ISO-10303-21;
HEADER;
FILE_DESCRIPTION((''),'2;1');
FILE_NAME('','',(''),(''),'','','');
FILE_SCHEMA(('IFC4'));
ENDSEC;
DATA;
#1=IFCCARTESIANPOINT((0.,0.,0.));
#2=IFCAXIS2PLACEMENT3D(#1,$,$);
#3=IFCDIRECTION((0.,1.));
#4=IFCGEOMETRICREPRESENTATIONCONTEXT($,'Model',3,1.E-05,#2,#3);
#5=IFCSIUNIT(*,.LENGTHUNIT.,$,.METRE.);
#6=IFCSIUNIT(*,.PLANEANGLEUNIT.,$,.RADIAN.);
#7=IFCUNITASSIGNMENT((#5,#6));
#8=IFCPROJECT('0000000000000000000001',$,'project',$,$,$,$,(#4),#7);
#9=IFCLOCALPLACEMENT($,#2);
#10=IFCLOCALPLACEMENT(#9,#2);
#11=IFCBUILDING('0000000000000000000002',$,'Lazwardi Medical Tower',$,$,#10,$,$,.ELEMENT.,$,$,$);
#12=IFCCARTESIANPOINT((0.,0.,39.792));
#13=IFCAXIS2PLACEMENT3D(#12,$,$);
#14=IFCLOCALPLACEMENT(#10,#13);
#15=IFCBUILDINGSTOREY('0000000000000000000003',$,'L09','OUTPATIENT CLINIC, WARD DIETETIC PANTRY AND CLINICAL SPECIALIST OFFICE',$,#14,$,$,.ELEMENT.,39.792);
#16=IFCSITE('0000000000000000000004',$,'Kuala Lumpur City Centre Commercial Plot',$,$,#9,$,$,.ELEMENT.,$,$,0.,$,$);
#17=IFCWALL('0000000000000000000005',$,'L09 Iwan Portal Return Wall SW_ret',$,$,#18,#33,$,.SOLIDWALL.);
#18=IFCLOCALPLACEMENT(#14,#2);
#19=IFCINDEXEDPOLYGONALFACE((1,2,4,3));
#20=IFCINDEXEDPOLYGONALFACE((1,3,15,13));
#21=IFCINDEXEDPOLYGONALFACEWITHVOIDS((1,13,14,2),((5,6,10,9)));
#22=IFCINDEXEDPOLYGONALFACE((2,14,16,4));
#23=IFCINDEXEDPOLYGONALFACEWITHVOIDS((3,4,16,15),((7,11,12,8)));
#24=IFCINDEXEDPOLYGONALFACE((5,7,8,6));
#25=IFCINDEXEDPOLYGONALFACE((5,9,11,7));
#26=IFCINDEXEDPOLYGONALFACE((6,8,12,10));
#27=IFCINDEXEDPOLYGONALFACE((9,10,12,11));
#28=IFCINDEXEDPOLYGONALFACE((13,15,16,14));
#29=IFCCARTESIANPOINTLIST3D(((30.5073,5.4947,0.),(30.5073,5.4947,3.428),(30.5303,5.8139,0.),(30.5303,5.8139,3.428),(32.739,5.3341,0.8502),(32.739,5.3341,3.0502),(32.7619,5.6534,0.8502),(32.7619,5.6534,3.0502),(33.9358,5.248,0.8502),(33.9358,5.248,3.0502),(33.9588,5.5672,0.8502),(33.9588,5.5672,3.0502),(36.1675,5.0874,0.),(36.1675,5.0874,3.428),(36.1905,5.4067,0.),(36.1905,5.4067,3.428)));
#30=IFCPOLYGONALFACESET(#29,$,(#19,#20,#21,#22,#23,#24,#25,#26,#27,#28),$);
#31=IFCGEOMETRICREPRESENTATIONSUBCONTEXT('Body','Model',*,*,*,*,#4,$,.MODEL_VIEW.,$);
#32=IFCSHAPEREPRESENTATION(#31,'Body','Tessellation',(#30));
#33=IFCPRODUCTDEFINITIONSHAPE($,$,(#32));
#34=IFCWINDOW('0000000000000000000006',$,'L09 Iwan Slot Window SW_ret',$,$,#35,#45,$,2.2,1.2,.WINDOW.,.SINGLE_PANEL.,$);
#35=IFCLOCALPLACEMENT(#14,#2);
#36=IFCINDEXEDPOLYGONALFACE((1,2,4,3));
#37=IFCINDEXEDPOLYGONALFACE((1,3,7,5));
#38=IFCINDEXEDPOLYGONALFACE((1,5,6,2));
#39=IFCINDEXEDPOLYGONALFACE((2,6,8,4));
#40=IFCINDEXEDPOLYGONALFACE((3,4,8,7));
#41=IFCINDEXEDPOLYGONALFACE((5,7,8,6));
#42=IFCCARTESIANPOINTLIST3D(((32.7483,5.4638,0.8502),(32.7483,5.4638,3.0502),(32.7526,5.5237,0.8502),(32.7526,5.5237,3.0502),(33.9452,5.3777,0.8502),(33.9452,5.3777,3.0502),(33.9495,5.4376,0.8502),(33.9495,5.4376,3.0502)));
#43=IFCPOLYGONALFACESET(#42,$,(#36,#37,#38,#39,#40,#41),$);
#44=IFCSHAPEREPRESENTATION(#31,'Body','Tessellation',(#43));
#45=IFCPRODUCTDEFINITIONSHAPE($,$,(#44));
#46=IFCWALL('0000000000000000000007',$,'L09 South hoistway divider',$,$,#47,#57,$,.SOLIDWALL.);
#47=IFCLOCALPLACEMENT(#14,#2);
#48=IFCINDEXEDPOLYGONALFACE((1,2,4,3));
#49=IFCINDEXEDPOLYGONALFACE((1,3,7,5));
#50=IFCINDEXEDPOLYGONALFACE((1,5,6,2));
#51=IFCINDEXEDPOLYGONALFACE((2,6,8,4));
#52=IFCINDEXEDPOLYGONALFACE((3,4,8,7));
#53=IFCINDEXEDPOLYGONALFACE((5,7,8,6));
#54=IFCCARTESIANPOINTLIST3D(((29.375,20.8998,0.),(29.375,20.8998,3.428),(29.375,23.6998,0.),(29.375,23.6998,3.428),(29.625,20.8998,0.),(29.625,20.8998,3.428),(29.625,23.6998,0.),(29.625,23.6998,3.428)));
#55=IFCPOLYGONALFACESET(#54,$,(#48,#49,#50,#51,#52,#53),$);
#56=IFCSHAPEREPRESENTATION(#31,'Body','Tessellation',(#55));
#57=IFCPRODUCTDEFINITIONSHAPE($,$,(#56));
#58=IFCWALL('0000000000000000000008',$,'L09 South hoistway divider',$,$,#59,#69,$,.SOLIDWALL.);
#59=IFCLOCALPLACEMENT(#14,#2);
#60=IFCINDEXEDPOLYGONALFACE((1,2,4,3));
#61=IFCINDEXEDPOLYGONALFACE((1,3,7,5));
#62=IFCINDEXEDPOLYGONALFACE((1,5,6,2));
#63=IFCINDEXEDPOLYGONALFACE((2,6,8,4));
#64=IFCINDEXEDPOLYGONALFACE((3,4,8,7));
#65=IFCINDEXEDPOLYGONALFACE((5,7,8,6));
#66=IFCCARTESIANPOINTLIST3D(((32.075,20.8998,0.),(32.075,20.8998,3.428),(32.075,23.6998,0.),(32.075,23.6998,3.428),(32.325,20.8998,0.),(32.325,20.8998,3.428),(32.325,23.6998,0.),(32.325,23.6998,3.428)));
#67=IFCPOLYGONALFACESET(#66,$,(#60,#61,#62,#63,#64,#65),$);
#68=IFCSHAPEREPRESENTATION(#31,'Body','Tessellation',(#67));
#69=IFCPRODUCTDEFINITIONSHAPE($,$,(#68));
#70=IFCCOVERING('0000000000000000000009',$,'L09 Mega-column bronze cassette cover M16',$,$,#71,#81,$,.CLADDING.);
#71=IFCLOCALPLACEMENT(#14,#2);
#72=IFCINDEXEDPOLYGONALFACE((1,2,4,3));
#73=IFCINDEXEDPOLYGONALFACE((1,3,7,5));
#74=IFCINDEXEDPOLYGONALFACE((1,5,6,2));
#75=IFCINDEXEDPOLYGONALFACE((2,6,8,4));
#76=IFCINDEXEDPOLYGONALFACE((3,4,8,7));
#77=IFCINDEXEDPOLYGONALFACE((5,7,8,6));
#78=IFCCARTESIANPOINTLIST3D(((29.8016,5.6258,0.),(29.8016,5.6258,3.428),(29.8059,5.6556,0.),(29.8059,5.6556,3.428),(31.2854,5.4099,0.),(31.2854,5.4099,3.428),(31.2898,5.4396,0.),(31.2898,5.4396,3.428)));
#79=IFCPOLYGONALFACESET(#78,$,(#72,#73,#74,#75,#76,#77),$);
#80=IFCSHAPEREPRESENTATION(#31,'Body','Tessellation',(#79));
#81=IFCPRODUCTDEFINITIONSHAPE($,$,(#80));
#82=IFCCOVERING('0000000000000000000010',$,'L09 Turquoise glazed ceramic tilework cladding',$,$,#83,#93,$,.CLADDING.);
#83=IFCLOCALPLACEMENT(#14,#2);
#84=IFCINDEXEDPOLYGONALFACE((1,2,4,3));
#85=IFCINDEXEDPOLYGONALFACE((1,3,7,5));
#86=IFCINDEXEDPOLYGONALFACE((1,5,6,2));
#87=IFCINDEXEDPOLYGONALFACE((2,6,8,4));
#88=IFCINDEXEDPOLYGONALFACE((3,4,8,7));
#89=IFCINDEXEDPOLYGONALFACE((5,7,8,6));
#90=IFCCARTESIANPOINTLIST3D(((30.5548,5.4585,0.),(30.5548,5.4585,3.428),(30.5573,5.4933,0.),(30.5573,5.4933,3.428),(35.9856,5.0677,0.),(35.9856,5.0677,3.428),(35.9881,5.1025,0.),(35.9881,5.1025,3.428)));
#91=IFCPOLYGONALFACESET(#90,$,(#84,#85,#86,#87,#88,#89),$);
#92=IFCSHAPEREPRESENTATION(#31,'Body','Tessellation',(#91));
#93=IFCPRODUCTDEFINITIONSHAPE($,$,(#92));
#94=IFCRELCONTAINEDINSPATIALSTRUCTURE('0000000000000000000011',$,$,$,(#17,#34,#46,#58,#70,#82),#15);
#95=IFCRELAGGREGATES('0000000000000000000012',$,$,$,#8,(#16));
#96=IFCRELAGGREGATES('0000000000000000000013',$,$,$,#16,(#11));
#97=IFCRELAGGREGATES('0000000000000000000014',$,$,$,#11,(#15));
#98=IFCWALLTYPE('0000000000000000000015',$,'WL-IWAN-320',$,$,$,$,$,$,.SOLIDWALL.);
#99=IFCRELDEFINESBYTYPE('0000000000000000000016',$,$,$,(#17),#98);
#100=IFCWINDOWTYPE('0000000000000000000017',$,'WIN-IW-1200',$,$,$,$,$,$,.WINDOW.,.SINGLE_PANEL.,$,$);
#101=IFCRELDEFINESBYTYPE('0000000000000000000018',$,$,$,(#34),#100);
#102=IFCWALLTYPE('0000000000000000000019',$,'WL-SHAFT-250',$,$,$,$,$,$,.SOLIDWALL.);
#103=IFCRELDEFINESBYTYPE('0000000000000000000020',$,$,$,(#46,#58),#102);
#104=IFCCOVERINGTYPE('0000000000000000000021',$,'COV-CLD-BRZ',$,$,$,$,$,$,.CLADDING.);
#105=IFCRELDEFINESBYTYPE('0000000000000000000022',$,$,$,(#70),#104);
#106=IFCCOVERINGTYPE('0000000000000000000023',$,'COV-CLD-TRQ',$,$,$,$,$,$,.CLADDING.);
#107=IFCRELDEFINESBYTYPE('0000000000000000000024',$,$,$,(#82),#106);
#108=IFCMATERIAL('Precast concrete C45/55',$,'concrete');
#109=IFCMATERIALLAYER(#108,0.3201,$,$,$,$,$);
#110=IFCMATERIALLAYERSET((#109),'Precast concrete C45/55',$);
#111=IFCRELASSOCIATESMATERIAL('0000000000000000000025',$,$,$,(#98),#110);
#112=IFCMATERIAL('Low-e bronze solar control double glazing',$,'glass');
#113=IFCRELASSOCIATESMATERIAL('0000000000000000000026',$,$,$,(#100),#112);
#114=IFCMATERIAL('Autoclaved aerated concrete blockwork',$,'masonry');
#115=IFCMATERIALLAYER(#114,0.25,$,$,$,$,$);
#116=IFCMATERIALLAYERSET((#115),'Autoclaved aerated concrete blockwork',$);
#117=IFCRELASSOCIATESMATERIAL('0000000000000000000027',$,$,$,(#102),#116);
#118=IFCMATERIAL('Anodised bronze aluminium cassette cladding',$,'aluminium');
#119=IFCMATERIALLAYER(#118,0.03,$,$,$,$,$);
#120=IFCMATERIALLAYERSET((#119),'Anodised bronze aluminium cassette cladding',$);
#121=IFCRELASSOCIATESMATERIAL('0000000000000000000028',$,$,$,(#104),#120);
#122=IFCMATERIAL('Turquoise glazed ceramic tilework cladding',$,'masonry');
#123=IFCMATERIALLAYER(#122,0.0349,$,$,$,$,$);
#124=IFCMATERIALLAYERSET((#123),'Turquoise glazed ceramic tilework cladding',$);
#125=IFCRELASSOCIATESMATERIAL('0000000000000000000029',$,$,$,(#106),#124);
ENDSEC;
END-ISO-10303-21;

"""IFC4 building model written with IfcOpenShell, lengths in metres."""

from ifc_helpers import new_model, si_unit, direction, frame, frame_2d, origin, origin_2d, place, context, subcontext, project, spatial, rectangle, extrude, material, layer, layer_set, type_object, element, fill, save


model = new_model("IFC4")

# Units and contexts
model_context = context("Model", 3, precision=1e-05, world=origin(), true_north=direction((0.0, 1.0)))
body_context = subcontext(model_context, "Body", "Model", "MODEL_VIEW")
ifc_project = project(units=[si_unit("LENGTHUNIT", "METRE"), si_unit("PLANEANGLEUNIT", "RADIAN")], contexts=[model_context])

# Site, building, storey
site_placement = place(None, origin())
site = spatial("IfcSite", under=ifc_project, at=site_placement, Name="Kuala Lumpur City Centre Commercial Plot", CompositionType="ELEMENT", RefElevation=0.0)
building_placement = place(site_placement, origin())
building = spatial("IfcBuilding", under=site, at=building_placement, Name="Lazwardi Medical Tower", CompositionType="ELEMENT")
storey_placement = place(building_placement, frame((0.0, 0.0, 39.792)))
storey = spatial("IfcBuildingStorey", under=building, at=storey_placement, Name="L09", Description="OUTPATIENT CLINIC, WARD DIETETIC PANTRY AND CLINICAL SPECIALIST OFFICE", CompositionType="ELEMENT", Elevation=39.792)

# Shared definitions
ifc_material_1 = material(Name="Low-e bronze solar control double glazing", Category="glass")

# Wall, opening, window
ifc_material_2 = material(Name="Precast concrete C45/55", Category="concrete")
ifc_layer_1 = layer(ifc_material_2, 0.3201)
ifc_layer_set_1 = layer_set([ifc_layer_1], Name="Precast concrete C45/55")
wall_type_1 = type_object("IfcWallType", Name="WL-IWAN-320", PredefinedType="SOLIDWALL", material=ifc_layer_set_1)
wall_1_placement = place(storey_placement, frame((30.5188, 5.6543, 0.0), z_axis=(0.0, 0.0, 1.0), x_axis=(0.997422, -0.071761, 0.0)))
wall_1 = element("IfcWall", 1, at=wall_1_placement, inside=storey, type_object=wall_type_1, Name="L09 Iwan Portal Return Wall SW_ret", PredefinedType="SOLIDWALL", context=body_context, shape_type="SweptSolid", body=[
    extrude(rectangle(XDim=5.6748, YDim=0.3201, at=frame_2d((2.8374, 0.0))), origin(), (0.0, 0.0, 1.0), 3.428),
])
opening_1_placement = place(wall_1_placement, frame((2.2373, 0.0, 0.8501)))
opening_1 = element("IfcOpeningElement", 2, at=opening_1_placement, cuts=wall_1, PredefinedType="OPENING", context=body_context, shape_type="SweptSolid", body=[
    extrude(rectangle(XDim=1.2, YDim=2.2, at=frame_2d((0.6001, 1.1001))), frame((0.0, 0.1699, 0.0), z_axis=(0.0, -1.0, 0.0), x_axis=(1.0, 0.0, 0.0)), (0.0, 0.0, 1.0), 0.3401),
])
window_type = type_object("IfcWindowType", Name="WIN-IW-1200", PartitioningType="SINGLE_PANEL", PredefinedType="WINDOW", material=ifc_material_1)
window_placement = place(opening_1_placement, origin())
window = element("IfcWindow", 3, at=window_placement, inside=storey, type_object=window_type, Name="L09 Iwan Slot Window SW_ret", OverallHeight=2.2, OverallWidth=1.2, PartitioningType="SINGLE_PANEL", PredefinedType="WINDOW", context=body_context, shape_type="SweptSolid", body=[
    extrude(rectangle(XDim=1.2, YDim=2.2, at=frame_2d((0.6001, 1.1001))), frame((0.0, 0.03, 0.0), z_axis=(0.0, -1.0, 0.0), x_axis=(1.0, 0.0, 0.0)), (0.0, 0.0, 1.0), 0.0601),
])
fill(opening_1, window)

# Walls
ifc_material_3 = material(Name="Autoclaved aerated concrete blockwork", Category="masonry")
ifc_layer_2 = layer(ifc_material_3, 0.25)
ifc_layer_set_2 = layer_set([ifc_layer_2], Name="Autoclaved aerated concrete blockwork")
wall_type_2 = type_object("IfcWallType", Name="WL-SHAFT-250", PredefinedType="SOLIDWALL", material=ifc_layer_set_2)
for number, where, z_axis, x_axis, name in (
    (4, (29.5, 20.8999, 0.0), (0.0, 0.0, 1.0), (0.0, 1.0, 0.0), "L09 South hoistway divider"),
    (5, (32.2, 20.8999, 0.0), (0.0, 0.0, 1.0), (0.0, 1.0, 0.0), "L09 South hoistway divider"),
):
    element("IfcWall", number, at=place(storey_placement, frame(where, z_axis=z_axis, x_axis=x_axis)), inside=storey, type_object=wall_type_2, Name=name, PredefinedType="SOLIDWALL", context=body_context, shape_type="SweptSolid", body=[
        extrude(rectangle(XDim=2.8, YDim=0.25, at=frame_2d((1.3999, 0.0))), origin(), (0.0, 0.0, 1.0), 3.428),
    ])

# Coverings
ifc_material_4 = material(Name="Anodised bronze aluminium cassette cladding", Category="aluminium")
ifc_layer_3 = layer(ifc_material_4, 0.03)
ifc_layer_set_3 = layer_set([ifc_layer_3], Name="Anodised bronze aluminium cassette cladding")
covering_type_1 = type_object("IfcCoveringType", Name="COV-CLD-BRZ", PredefinedType="CLADDING", material=ifc_layer_set_3)
covering_1_placement = place(storey_placement, frame((30.5457, 5.5327, 0.0), z_axis=(0.0, 0.0, 1.0), x_axis=(0.989573, -0.144035, 0.0)))
element("IfcCovering", 6, at=covering_1_placement, inside=storey, type_object=covering_type_1, Name="L09 Mega-column bronze cassette cover M16", PredefinedType="CLADDING", context=body_context, shape_type="SweptSolid", body=[
    extrude(rectangle(XDim=1.4995, YDim=0.03, at=origin_2d()), origin(), (0.0, 0.0, 1.0), 3.428),
])
ifc_material_5 = material(Name="Turquoise glazed ceramic tilework cladding", Category="masonry")
ifc_layer_4 = layer(ifc_material_5, 0.0349)
ifc_layer_set_4 = layer_set([ifc_layer_4], Name="Turquoise glazed ceramic tilework cladding")
covering_type_2 = type_object("IfcCoveringType", Name="COV-CLD-TRQ", PredefinedType="CLADDING", material=ifc_layer_set_4)
covering_2_placement = place(storey_placement, frame((33.2715, 5.2805, 0.0), z_axis=(0.0, 0.0, 1.0), x_axis=(0.997421, -0.071774, 0.0)))
element("IfcCovering", 7, at=covering_2_placement, inside=storey, type_object=covering_type_2, Name="L09 Turquoise glazed ceramic tilework cladding", PredefinedType="CLADDING", context=body_context, shape_type="SweptSolid", body=[
    extrude(rectangle(XDim=5.4448, YDim=0.0349, at=origin_2d()), origin(), (0.0, 0.0, 1.0), 3.428),
])

save(model, "model.ifc")
